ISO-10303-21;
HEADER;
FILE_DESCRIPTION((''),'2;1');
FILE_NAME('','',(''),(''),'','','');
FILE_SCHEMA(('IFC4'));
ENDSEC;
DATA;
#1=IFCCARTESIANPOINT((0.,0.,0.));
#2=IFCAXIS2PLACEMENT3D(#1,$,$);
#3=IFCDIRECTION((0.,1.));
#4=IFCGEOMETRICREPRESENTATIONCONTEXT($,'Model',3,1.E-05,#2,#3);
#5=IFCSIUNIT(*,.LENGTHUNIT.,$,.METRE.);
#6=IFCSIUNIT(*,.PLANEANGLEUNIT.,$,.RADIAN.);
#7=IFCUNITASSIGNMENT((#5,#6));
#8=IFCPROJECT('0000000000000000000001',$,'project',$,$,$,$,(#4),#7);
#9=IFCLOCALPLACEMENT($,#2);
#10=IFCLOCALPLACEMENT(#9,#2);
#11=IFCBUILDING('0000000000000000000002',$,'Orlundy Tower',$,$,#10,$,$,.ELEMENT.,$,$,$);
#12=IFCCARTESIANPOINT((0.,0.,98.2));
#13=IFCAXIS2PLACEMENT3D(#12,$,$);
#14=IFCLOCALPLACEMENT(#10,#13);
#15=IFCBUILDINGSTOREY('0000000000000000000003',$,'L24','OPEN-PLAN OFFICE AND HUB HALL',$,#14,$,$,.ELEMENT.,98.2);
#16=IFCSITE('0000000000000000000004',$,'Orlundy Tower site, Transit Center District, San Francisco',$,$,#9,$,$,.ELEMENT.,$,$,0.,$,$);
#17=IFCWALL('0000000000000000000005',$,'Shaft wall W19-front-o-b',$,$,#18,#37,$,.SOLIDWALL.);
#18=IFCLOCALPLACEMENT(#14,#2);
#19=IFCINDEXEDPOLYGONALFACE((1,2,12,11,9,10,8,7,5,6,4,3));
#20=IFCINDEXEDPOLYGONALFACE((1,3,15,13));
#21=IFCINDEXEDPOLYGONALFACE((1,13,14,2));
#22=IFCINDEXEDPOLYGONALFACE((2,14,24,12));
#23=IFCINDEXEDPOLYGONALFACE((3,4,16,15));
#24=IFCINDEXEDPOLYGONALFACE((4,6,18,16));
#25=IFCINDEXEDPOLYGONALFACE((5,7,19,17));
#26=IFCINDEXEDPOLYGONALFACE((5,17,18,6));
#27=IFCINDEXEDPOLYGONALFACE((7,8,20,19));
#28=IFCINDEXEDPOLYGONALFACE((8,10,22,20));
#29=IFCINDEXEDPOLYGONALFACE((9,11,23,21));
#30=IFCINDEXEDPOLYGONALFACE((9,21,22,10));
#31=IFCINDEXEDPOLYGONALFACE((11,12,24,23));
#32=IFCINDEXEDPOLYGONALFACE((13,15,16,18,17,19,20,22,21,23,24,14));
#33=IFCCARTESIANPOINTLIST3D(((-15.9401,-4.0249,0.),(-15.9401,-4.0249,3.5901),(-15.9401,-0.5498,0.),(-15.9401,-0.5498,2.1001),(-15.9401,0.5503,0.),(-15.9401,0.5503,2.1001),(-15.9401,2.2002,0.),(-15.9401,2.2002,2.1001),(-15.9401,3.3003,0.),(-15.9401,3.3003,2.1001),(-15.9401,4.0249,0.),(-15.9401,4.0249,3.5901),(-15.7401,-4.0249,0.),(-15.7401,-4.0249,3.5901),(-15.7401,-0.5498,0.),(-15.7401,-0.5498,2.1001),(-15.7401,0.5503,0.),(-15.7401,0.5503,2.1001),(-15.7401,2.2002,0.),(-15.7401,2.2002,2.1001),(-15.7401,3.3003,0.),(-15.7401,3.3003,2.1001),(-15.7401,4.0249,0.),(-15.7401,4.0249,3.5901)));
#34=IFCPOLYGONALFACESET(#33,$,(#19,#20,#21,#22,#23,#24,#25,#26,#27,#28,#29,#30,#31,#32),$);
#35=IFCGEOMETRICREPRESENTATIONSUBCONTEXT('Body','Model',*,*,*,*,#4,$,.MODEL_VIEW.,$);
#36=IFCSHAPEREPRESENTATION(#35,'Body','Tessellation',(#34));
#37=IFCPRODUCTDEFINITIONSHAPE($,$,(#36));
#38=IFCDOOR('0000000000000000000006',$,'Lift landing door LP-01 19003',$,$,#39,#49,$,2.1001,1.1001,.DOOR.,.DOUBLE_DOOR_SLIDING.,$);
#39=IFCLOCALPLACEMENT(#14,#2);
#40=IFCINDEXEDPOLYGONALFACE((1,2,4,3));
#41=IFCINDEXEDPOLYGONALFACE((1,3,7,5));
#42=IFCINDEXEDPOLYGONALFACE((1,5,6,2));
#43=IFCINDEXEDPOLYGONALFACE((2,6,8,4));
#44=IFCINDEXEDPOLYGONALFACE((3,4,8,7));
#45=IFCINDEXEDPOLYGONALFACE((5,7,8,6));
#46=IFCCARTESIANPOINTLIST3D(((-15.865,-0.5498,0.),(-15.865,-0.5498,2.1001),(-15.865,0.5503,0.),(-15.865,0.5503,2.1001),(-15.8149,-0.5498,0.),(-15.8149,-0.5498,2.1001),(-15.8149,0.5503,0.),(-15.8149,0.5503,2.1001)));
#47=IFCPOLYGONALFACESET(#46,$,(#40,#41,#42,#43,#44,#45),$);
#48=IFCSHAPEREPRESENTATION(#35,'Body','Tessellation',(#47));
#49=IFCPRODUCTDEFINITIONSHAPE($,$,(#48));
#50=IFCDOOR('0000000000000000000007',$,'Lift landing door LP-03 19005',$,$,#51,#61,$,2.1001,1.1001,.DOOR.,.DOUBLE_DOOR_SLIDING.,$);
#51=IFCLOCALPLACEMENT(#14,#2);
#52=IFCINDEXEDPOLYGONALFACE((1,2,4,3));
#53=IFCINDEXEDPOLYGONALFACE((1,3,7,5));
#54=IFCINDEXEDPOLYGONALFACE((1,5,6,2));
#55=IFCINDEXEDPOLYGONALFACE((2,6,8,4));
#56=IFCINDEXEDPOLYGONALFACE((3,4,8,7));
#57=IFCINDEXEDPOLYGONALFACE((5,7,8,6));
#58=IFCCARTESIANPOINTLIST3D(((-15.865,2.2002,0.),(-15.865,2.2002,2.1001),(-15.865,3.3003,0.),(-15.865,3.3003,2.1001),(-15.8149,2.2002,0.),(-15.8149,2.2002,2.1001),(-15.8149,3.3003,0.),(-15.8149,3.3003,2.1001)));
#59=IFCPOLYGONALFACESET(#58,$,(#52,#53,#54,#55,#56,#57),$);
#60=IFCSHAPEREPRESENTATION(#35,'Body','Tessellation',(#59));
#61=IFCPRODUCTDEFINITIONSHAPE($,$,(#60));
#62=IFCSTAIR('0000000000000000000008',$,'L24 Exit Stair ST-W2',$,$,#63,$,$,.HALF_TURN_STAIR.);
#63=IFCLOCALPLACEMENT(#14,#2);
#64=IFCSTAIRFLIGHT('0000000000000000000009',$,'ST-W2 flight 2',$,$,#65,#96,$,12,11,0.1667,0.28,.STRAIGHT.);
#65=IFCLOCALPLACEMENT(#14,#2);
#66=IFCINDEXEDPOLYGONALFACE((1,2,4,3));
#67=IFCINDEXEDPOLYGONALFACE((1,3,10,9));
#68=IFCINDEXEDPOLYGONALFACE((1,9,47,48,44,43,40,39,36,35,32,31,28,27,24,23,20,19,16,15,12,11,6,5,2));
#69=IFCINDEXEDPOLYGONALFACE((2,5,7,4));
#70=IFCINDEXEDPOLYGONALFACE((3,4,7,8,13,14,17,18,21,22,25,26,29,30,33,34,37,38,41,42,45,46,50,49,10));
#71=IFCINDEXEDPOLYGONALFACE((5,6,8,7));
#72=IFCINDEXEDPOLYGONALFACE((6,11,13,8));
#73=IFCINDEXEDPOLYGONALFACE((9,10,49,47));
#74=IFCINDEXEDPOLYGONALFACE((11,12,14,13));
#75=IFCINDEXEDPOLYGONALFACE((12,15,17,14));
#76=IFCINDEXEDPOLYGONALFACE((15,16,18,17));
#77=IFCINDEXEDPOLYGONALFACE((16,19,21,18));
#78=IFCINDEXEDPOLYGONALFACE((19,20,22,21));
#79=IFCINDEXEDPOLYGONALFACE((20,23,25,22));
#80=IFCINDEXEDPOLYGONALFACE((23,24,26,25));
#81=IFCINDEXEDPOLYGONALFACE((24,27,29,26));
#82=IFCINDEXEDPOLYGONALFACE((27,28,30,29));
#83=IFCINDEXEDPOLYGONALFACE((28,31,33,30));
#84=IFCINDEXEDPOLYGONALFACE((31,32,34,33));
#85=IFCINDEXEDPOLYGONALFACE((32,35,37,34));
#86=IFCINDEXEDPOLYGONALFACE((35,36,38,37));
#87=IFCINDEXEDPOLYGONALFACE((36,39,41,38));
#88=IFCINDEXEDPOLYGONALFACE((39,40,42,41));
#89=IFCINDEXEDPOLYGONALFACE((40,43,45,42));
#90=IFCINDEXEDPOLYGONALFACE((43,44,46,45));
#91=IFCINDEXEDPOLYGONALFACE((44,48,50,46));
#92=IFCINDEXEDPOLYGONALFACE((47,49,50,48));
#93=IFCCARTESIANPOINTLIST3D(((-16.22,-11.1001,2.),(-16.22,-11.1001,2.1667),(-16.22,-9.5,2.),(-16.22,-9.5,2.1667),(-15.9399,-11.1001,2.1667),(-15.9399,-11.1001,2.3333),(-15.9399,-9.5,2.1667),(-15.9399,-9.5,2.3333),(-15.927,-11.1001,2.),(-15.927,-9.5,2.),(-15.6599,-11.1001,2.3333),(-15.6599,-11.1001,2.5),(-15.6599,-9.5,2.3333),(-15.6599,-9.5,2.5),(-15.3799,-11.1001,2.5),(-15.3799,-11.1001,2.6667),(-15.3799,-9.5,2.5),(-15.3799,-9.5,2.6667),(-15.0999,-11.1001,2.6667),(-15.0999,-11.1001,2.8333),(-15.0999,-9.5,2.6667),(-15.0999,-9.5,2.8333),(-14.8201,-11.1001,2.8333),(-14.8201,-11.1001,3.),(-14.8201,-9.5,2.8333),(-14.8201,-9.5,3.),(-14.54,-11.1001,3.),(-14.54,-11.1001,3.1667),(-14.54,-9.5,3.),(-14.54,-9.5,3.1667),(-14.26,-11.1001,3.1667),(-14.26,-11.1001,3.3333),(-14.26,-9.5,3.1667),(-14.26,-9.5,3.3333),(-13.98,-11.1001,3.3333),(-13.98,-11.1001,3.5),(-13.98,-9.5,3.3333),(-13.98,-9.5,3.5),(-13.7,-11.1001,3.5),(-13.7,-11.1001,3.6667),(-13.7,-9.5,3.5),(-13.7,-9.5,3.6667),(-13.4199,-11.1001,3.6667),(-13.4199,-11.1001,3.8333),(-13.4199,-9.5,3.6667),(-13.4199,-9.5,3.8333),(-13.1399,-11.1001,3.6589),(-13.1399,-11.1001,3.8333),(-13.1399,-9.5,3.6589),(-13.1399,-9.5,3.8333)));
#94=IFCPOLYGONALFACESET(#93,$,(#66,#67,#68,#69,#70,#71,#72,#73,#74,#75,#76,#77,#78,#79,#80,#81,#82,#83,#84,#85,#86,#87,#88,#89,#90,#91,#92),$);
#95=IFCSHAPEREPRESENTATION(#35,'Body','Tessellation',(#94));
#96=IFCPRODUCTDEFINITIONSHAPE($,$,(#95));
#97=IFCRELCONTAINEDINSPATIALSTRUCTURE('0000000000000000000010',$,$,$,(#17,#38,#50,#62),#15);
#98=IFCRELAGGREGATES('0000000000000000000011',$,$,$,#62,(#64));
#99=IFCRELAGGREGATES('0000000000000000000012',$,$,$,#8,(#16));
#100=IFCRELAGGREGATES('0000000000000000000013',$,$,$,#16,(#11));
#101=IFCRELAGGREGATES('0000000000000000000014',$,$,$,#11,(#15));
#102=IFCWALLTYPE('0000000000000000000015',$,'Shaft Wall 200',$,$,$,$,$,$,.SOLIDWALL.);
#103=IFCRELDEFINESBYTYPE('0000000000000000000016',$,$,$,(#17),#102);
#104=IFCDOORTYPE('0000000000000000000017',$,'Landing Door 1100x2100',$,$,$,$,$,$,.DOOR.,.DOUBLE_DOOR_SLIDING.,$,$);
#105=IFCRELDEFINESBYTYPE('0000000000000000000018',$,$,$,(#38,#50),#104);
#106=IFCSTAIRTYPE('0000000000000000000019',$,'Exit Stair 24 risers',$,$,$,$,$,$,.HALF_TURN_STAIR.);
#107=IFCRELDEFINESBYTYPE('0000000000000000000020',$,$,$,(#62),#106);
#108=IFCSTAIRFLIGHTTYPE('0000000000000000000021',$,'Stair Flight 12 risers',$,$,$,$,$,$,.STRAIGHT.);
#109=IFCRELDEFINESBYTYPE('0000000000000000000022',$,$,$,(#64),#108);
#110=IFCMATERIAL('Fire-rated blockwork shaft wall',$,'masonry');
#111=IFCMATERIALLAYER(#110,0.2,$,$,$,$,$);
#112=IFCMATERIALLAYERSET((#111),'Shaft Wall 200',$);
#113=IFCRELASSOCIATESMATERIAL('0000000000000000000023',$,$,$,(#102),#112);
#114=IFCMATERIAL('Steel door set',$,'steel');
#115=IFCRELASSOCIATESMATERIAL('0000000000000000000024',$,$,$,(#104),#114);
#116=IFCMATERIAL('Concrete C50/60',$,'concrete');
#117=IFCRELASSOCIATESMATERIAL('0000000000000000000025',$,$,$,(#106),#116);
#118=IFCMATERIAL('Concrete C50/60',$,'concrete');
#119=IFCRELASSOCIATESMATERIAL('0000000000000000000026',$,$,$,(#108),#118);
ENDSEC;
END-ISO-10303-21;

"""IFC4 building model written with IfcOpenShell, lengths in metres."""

from ifc_helpers import new_model, si_unit, direction, frame, frame_2d, origin, place, context, subcontext, project, spatial, polyline, rectangle, outline, extrude, material, layer, layer_set, type_object, element, fill, aggregate, save


model = new_model("IFC4")

# Units and contexts
model_context = context("Model", 3, precision=1e-05, world=origin(), true_north=direction((0.0, 1.0)))
body_context = subcontext(model_context, "Body", "Model", "MODEL_VIEW")
ifc_project = project(units=[si_unit("LENGTHUNIT", "METRE"), si_unit("PLANEANGLEUNIT", "RADIAN")], contexts=[model_context])

# Site, building, storey
site_placement = place(None, origin())
site = spatial("IfcSite", under=ifc_project, at=site_placement, Name="Orlundy Tower site, Transit Center District, San Francisco", CompositionType="ELEMENT", RefElevation=0.0)
building_placement = place(site_placement, origin())
building = spatial("IfcBuilding", under=site, at=building_placement, Name="Orlundy Tower", CompositionType="ELEMENT")
storey_placement = place(building_placement, frame((0.0, 0.0, 98.2)))
storey = spatial("IfcBuildingStorey", under=building, at=storey_placement, Name="L24", Description="OPEN-PLAN OFFICE AND HUB HALL", CompositionType="ELEMENT", Elevation=98.2)

# Shared definitions
ifc_material_1 = material(Name="Fire-rated blockwork shaft wall", Category="masonry")
ifc_layer_1 = layer(ifc_material_1, 0.2)
ifc_layer_set_1 = layer_set([ifc_layer_1], Name="Shaft Wall 200")
wall_type_1 = type_object("IfcWallType", Name="Shaft Wall 200", PredefinedType="SOLIDWALL", material=ifc_layer_set_1)

# Shared definitions
ifc_material_2 = material(Name="Steel door set", Category="steel")
door_type_1 = type_object("IfcDoorType", Name="Landing Door 1100x2100", OperationType="DOUBLE_DOOR_SLIDING", PredefinedType="DOOR", material=ifc_material_2)

# Wall, openings, doors
wall_1_placement = place(storey_placement, frame((-15.8401, -4.0249, 0.0), z_axis=(0.0, 0.0, 1.0), x_axis=(0.0, 1.0, 0.0)))
wall_1 = element("IfcWall", 1, at=wall_1_placement, inside=storey, type_object=wall_type_1, Name="Shaft wall W19-front-o-b", PredefinedType="SOLIDWALL", context=body_context, shape_type="SweptSolid", body=[
    extrude(rectangle(XDim=8.0498, YDim=0.2, at=frame_2d((4.0249, 0.0))), origin(), (0.0, 0.0, 1.0), 3.5901),
])
opening_1_placement = place(wall_1_placement, frame((3.4751, 0.0, 0.0)))
opening_1 = element("IfcOpeningElement", 2, at=opening_1_placement, cuts=wall_1, PredefinedType="OPENING", context=body_context, shape_type="SweptSolid", body=[
    extrude(rectangle(XDim=1.1001, YDim=2.1001, at=frame_2d((0.55, 1.05))), frame((0.0, 0.1101, 0.0), z_axis=(0.0, -1.0, 0.0), x_axis=(1.0, 0.0, 0.0)), (0.0, 0.0, 1.0), 0.2202),
])
opening_2_placement = place(wall_1_placement, frame((6.2251, 0.0, 0.0)))
opening_2 = element("IfcOpeningElement", 3, at=opening_2_placement, cuts=wall_1, PredefinedType="OPENING", context=body_context, shape_type="SweptSolid", body=[
    extrude(rectangle(XDim=1.1001, YDim=2.1001, at=frame_2d((0.55, 1.05))), frame((0.0, 0.1101, 0.0), z_axis=(0.0, -1.0, 0.0), x_axis=(1.0, 0.0, 0.0)), (0.0, 0.0, 1.0), 0.2202),
])
door_1_placement = place(opening_1_placement, origin())
door_1 = element("IfcDoor", 4, at=door_1_placement, inside=storey, type_object=door_type_1, Name="Lift landing door LP-01 19003", OperationType="DOUBLE_DOOR_SLIDING", OverallHeight=2.1001, OverallWidth=1.1001, PredefinedType="DOOR", context=body_context, shape_type="SweptSolid", body=[
    extrude(rectangle(XDim=1.1001, YDim=2.1001, at=frame_2d((0.55, 1.05))), frame((0.0, 0.0249, 0.0), z_axis=(0.0, -1.0, 0.0), x_axis=(1.0, 0.0, 0.0)), (0.0, 0.0, 1.0), 0.05),
])
fill(opening_1, door_1)
door_2_placement = place(opening_2_placement, origin())
door_2 = element("IfcDoor", 5, at=door_2_placement, inside=storey, type_object=door_type_1, Name="Lift landing door LP-03 19005", OperationType="DOUBLE_DOOR_SLIDING", OverallHeight=2.1001, OverallWidth=1.1001, PredefinedType="DOOR", context=body_context, shape_type="SweptSolid", body=[
    extrude(rectangle(XDim=1.1001, YDim=2.1001, at=frame_2d((0.55, 1.05))), frame((0.0, 0.0249, 0.0), z_axis=(0.0, -1.0, 0.0), x_axis=(1.0, 0.0, 0.0)), (0.0, 0.0, 1.0), 0.05),
])
fill(opening_2, door_2)

# Stair, stair flight
ifc_material_3 = material(Name="Concrete C50/60", Category="concrete")
stair_type = type_object("IfcStairType", Name="Exit Stair 24 risers", PredefinedType="HALF_TURN_STAIR", material=ifc_material_3)
stair_placement = place(storey_placement, origin())
stair = element("IfcStair", 6, at=stair_placement, inside=storey, type_object=stair_type, Name="L24 Exit Stair ST-W2", PredefinedType="HALF_TURN_STAIR")
ifc_material_4 = material(Name="Concrete C50/60", Category="concrete")
stair_flight_type = type_object("IfcStairFlightType", Name="Stair Flight 12 risers", PredefinedType="STRAIGHT", material=ifc_material_4)
stair_flight_placement = place(storey_placement, frame((-16.22, -10.3, 2.0), z_axis=(0.0, 0.0, 1.0), x_axis=(1.0, 0.0, 0.0)))
stair_flight = element("IfcStairFlight", 7, at=stair_flight_placement, type_object=stair_flight_type, Name="ST-W2 flight 2", NumberOfRisers=12, NumberOfTreads=11, PredefinedType="STRAIGHT", RiserHeight=0.1667, TreadLength=0.28, context=body_context, shape_type="SweptSolid", body=[
    extrude(outline(polyline([(0.0, 0.0), (0.0, 0.1667), (0.28, 0.1667), (0.28, 0.3333), (0.5601, 0.3333), (0.5601, 0.5), (0.8401, 0.5), (0.8401, 0.6667), (1.1201, 0.6667), (1.1201, 0.8333), (1.3999, 0.8333), (1.3999, 1.0), (1.6799, 1.0), (1.6799, 1.1667), (1.96, 1.1667), (1.96, 1.3333), (2.24, 1.3333), (2.24, 1.5), (2.52, 1.5), (2.52, 1.6667), (2.8, 1.6667), (2.8, 1.8333), (3.0801, 1.8333), (3.0801, 2.0), (3.0801, 1.6589), (0.293, 0.0), (0.0, 0.0)])), frame((0.0, 0.8, 0.0), z_axis=(0.0, -1.0, 0.0), x_axis=(1.0, 0.0, 0.0)), (0.0, 0.0, 1.0), 1.6001),
])
aggregate(stair, [stair_flight])

save(model, "model.ifc")
